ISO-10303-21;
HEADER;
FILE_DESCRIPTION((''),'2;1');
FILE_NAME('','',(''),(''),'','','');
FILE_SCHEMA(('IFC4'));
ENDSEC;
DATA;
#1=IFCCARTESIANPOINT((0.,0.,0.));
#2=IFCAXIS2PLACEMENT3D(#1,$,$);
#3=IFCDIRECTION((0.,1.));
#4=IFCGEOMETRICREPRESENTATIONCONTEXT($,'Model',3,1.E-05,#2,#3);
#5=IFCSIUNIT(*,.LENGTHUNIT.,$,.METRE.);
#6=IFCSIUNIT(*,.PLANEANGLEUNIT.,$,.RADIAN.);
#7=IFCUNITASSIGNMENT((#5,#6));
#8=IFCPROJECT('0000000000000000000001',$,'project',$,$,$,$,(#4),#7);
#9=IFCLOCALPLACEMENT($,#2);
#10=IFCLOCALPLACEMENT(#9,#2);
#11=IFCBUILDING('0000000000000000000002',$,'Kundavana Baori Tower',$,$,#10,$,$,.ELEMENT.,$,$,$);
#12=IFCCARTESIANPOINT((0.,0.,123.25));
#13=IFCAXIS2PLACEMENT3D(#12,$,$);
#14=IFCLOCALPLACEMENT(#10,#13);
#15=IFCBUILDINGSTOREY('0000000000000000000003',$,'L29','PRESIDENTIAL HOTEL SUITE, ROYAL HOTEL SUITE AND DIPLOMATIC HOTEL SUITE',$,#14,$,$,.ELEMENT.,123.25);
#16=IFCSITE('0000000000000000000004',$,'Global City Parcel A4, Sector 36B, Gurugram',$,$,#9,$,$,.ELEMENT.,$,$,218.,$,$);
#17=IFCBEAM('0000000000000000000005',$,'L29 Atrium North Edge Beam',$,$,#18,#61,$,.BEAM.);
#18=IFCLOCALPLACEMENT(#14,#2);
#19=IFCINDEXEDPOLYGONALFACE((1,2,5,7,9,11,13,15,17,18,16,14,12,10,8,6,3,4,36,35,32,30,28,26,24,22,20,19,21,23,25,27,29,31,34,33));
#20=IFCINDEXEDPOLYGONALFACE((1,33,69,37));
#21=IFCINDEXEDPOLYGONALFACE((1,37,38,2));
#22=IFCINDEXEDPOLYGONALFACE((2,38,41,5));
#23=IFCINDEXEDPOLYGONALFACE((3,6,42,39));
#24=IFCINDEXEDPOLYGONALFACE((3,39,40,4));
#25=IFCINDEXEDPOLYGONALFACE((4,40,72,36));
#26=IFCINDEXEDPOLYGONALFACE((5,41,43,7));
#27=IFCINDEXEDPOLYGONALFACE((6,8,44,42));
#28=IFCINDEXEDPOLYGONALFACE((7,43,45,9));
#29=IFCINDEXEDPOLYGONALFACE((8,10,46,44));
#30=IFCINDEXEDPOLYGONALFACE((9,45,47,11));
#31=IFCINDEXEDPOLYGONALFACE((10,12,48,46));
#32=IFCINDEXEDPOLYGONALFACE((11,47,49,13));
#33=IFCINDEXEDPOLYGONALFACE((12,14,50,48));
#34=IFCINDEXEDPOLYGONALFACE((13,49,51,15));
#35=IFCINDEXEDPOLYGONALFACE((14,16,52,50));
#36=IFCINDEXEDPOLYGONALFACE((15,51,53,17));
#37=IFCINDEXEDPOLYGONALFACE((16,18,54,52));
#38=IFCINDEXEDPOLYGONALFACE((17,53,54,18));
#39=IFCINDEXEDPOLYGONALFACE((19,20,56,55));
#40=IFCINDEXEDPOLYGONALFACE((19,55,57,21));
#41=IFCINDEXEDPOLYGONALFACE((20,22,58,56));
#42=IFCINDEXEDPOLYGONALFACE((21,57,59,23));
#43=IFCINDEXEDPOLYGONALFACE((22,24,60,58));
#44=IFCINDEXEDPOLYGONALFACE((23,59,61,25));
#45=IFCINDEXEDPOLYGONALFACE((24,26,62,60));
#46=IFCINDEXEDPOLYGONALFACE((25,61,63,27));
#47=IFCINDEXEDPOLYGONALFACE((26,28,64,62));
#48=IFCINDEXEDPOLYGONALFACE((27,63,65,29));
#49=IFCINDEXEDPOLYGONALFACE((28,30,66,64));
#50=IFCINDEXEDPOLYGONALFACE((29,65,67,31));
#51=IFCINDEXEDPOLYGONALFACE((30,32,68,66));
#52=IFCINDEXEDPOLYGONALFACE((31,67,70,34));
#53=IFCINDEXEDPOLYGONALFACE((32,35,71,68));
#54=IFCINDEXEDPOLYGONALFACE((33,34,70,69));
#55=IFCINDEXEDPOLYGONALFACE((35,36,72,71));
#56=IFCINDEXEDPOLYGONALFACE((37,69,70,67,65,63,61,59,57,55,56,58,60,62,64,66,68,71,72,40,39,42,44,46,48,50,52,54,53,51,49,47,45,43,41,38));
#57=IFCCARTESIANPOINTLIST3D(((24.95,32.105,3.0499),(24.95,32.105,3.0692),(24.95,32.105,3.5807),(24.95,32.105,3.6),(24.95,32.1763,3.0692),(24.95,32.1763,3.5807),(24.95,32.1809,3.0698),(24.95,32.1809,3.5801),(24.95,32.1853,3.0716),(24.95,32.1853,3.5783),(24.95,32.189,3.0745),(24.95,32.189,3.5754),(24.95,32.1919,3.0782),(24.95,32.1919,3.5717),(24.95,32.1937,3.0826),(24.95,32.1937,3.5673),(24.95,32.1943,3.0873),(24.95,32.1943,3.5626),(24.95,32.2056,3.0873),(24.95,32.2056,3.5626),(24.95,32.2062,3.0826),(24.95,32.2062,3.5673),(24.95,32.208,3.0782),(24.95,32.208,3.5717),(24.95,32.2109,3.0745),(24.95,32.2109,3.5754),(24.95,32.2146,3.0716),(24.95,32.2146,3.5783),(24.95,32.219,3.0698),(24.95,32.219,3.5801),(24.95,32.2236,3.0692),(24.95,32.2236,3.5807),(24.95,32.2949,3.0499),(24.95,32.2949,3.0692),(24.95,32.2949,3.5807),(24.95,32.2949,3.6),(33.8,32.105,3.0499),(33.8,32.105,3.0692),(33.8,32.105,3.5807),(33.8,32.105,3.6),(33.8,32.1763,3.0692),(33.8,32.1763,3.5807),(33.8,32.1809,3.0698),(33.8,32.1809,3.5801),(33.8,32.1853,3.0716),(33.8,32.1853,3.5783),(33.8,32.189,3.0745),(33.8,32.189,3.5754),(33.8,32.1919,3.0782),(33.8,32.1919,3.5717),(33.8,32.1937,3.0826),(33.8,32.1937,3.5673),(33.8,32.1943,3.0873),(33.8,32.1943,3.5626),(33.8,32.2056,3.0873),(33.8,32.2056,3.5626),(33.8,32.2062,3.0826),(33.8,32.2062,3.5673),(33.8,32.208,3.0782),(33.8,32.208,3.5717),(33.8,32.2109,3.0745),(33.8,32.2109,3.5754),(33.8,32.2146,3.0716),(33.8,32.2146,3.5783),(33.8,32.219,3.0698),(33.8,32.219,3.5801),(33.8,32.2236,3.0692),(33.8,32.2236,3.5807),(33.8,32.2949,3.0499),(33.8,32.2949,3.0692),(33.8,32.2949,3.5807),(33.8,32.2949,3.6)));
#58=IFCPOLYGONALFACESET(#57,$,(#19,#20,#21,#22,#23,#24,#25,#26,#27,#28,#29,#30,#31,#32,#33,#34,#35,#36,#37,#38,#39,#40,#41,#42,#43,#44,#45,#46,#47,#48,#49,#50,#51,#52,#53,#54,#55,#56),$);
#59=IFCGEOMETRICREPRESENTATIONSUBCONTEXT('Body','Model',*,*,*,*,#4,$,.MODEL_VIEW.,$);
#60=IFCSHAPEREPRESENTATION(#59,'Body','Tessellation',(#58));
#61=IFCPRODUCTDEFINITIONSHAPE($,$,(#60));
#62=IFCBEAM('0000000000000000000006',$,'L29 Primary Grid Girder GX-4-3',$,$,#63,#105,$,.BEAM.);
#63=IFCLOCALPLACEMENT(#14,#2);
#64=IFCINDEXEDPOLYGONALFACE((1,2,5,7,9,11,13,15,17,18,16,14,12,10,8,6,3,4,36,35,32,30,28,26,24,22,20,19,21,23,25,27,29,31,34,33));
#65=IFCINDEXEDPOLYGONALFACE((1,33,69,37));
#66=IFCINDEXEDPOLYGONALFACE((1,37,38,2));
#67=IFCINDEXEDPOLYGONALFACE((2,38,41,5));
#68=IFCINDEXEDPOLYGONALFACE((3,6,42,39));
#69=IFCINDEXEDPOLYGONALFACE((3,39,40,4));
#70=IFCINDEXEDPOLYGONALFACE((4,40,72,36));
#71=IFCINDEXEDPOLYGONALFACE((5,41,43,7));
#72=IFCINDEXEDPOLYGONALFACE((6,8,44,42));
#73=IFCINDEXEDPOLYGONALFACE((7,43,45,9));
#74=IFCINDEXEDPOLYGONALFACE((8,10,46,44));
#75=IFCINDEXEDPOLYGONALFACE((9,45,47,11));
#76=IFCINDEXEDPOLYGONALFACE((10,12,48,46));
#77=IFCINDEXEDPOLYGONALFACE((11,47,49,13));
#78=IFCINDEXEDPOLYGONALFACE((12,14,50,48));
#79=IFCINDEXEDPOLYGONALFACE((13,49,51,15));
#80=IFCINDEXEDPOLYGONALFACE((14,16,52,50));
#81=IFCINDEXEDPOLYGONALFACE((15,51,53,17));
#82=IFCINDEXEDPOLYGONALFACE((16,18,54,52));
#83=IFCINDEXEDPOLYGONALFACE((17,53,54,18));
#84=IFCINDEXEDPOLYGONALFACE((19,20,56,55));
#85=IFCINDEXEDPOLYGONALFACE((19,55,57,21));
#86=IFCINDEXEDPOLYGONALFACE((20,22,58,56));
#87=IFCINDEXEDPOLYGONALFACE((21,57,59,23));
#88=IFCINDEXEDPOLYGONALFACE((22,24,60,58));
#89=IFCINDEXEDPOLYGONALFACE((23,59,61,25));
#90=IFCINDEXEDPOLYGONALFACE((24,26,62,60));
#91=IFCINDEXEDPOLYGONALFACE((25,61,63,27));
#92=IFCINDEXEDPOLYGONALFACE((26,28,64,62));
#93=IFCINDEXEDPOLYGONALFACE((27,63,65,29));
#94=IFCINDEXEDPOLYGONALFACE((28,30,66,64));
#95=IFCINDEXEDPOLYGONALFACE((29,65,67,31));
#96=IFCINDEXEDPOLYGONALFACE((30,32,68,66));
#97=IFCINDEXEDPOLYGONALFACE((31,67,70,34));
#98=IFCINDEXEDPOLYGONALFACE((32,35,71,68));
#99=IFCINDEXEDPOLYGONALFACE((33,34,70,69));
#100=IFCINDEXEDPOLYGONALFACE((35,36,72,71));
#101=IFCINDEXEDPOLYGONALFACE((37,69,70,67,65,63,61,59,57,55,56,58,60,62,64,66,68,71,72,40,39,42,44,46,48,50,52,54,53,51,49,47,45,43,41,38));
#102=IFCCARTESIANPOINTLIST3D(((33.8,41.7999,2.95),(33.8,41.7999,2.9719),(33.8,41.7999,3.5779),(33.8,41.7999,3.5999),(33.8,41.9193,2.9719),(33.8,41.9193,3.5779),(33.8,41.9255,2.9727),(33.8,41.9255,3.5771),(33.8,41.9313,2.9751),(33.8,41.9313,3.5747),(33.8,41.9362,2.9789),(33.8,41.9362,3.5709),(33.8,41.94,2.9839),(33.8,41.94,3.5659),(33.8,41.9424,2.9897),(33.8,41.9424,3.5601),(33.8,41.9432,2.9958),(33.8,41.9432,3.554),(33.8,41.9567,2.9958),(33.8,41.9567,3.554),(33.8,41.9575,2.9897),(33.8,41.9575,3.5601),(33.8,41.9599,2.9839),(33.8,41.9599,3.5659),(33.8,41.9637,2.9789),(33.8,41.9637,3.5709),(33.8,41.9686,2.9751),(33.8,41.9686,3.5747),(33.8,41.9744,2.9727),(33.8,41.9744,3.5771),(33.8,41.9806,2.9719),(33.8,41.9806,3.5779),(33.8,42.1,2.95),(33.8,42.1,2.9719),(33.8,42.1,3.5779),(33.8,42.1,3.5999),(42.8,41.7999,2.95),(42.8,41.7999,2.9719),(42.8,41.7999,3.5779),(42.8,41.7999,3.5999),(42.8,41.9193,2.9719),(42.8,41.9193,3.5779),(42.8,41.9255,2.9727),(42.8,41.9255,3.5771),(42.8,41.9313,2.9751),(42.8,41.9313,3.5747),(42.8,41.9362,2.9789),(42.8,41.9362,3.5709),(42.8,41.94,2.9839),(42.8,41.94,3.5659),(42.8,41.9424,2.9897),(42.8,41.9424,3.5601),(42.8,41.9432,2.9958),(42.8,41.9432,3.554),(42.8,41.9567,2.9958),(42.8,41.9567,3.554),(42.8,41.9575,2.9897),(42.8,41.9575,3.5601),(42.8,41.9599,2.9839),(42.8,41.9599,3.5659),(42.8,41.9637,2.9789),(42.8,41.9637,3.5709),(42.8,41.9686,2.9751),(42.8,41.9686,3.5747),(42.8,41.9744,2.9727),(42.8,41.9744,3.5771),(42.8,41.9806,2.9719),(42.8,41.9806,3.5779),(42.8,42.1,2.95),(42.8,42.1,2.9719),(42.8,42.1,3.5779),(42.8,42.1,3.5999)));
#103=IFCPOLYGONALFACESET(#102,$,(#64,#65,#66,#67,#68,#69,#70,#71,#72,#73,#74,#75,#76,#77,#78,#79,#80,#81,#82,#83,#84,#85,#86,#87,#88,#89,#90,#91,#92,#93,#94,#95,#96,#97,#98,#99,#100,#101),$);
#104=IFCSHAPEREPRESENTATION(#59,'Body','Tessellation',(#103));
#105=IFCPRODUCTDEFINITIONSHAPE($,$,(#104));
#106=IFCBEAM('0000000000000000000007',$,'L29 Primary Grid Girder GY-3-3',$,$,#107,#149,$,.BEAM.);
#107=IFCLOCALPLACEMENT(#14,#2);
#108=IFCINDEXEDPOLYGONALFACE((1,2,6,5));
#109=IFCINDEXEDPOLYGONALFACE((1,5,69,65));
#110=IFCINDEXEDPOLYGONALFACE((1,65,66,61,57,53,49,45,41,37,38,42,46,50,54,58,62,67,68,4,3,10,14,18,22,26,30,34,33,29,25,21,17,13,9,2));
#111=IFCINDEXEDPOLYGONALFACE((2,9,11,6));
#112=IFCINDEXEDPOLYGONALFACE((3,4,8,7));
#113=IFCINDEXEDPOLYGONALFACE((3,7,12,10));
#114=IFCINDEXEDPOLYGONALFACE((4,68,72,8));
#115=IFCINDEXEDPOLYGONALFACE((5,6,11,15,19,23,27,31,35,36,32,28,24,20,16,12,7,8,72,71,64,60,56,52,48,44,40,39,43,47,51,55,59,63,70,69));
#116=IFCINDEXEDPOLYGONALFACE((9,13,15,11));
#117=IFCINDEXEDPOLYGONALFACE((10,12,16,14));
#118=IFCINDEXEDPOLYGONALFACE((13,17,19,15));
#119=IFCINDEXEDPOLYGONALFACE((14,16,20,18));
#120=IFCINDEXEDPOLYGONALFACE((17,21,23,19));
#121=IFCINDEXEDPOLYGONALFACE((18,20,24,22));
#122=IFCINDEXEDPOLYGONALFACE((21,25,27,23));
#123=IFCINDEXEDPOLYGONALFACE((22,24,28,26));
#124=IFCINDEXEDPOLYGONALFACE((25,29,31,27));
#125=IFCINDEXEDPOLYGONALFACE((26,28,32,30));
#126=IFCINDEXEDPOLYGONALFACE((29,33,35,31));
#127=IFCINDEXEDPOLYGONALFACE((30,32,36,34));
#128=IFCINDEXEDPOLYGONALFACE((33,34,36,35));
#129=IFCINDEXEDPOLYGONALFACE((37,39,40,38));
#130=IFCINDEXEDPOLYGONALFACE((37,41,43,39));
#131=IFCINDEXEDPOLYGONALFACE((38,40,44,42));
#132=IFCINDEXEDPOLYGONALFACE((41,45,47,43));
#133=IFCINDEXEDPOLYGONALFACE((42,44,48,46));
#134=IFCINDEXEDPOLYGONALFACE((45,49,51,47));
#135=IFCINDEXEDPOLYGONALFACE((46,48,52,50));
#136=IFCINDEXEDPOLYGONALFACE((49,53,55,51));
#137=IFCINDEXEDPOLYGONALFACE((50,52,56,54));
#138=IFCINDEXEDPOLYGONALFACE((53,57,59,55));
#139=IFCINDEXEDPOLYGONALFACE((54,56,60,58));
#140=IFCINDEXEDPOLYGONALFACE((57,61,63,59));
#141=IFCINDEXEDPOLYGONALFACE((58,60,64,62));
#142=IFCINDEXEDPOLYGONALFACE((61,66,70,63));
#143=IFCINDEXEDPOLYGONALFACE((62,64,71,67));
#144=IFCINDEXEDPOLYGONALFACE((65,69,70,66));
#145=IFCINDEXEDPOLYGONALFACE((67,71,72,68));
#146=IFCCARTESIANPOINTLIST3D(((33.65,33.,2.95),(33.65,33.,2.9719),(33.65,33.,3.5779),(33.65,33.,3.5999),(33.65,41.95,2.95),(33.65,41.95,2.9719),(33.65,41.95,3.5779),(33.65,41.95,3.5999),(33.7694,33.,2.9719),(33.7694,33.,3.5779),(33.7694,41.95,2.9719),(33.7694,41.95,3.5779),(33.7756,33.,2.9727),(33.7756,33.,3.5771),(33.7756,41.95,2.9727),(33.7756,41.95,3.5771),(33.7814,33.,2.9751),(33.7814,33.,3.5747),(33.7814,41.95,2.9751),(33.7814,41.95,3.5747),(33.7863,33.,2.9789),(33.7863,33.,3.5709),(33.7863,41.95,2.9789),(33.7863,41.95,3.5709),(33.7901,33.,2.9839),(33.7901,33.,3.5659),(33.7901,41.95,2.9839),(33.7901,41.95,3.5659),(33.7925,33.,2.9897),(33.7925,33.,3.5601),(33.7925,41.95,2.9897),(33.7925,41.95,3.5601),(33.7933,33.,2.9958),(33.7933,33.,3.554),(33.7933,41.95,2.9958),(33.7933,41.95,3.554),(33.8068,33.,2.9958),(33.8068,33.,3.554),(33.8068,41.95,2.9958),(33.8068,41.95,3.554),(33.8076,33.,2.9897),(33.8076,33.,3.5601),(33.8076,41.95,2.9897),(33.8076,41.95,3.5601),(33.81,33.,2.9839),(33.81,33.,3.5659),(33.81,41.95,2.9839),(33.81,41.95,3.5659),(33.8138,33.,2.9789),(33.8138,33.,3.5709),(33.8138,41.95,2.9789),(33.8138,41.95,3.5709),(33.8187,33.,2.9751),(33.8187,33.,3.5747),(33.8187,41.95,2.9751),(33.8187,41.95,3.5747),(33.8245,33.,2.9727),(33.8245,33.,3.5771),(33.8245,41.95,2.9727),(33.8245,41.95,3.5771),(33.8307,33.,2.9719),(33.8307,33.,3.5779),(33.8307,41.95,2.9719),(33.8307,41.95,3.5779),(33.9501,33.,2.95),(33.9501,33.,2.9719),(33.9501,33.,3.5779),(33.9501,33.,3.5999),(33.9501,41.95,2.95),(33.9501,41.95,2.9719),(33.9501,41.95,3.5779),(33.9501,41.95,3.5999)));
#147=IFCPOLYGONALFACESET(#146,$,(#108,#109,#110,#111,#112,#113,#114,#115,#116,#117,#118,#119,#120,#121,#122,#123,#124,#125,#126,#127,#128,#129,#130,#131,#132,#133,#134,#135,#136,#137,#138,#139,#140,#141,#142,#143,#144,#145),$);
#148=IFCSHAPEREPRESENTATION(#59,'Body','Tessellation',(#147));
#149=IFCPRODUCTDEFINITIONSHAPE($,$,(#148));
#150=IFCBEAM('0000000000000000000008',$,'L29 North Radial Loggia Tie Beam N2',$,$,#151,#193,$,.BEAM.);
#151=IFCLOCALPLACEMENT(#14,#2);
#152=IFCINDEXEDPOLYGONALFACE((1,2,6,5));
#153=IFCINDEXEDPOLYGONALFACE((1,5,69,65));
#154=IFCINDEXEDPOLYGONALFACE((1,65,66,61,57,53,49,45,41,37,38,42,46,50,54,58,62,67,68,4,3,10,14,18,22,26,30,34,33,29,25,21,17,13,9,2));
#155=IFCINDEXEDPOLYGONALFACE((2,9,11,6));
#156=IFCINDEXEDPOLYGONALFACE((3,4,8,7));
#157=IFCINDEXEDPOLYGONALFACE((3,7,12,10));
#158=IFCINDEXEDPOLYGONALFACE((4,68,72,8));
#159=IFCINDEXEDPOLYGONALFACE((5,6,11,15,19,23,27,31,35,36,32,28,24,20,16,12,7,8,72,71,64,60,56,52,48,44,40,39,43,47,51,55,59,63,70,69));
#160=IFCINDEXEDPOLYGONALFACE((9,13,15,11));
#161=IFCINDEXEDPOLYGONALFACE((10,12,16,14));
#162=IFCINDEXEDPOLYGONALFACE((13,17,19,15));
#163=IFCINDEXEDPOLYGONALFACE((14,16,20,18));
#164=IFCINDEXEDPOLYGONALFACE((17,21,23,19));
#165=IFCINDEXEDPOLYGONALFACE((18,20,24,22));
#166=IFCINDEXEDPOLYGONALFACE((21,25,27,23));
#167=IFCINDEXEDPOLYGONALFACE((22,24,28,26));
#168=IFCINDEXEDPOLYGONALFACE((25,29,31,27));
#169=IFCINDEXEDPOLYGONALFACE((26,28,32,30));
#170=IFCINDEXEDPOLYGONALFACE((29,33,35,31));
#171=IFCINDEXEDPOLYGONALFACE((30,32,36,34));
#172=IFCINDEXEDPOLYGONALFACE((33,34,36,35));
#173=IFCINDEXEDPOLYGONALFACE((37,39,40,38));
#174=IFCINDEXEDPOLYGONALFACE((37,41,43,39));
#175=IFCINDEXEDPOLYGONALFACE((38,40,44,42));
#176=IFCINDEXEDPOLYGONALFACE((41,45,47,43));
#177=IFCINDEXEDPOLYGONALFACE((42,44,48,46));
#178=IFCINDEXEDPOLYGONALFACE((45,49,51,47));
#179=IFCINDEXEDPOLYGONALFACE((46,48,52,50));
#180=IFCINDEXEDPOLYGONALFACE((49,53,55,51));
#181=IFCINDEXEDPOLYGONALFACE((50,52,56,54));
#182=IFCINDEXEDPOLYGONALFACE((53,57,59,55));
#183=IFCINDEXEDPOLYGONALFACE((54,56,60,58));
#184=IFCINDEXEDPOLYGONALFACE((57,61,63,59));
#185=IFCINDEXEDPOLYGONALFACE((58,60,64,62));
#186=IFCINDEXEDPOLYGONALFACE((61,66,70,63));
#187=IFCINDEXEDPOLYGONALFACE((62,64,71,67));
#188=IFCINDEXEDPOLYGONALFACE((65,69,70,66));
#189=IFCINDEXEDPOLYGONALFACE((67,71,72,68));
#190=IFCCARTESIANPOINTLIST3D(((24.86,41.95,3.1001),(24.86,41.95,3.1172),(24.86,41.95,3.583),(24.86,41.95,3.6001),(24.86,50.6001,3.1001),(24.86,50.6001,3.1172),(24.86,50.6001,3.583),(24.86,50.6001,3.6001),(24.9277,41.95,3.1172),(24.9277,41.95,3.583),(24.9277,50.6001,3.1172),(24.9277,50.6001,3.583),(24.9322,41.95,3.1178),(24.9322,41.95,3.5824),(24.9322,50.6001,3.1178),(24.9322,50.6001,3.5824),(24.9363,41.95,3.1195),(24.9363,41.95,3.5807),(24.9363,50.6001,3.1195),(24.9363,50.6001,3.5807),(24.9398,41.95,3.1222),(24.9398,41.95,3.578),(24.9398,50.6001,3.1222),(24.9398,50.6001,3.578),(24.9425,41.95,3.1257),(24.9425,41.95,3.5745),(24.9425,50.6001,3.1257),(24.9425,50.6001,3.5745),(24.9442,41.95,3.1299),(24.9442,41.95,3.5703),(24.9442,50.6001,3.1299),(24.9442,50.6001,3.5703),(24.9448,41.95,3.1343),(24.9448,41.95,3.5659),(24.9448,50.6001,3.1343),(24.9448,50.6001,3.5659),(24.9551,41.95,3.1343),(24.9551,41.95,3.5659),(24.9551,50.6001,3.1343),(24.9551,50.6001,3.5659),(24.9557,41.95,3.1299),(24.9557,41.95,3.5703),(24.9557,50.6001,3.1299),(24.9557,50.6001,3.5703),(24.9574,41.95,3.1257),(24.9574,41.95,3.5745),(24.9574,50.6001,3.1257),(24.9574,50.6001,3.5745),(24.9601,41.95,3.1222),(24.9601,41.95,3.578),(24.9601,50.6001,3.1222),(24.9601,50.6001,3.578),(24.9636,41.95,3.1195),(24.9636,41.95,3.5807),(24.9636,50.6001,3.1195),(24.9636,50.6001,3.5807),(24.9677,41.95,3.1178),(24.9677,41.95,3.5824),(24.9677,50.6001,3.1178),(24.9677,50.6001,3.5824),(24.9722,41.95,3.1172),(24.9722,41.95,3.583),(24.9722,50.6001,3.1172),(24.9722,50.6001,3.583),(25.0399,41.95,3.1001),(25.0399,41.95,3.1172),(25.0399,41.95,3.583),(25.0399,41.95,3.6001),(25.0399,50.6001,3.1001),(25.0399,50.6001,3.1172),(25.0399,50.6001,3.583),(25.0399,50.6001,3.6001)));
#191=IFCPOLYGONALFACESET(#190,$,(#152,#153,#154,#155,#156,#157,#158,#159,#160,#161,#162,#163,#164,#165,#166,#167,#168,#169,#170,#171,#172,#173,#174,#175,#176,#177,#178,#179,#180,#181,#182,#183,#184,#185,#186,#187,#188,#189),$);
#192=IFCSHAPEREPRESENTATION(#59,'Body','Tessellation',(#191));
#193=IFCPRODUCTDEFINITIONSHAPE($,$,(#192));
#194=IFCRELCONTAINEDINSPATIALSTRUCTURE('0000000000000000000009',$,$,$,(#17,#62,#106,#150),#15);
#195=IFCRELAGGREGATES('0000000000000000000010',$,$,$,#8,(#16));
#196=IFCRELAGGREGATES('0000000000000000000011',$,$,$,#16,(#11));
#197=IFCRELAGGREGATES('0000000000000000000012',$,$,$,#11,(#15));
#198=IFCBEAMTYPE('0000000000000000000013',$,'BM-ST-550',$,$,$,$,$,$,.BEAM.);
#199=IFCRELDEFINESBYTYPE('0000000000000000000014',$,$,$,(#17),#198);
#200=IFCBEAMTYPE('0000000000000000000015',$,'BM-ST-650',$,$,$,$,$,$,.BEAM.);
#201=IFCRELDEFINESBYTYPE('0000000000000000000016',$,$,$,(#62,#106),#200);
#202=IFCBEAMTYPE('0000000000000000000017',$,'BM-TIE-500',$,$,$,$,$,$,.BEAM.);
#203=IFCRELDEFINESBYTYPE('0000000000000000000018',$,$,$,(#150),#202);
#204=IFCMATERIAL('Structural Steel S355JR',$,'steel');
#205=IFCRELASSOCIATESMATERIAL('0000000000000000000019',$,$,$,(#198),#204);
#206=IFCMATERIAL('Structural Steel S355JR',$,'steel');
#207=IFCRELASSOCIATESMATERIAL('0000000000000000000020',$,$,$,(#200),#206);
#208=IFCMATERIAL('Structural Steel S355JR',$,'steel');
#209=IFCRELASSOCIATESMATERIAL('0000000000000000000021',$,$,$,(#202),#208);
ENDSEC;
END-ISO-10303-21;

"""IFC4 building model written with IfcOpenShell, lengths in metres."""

from ifc_helpers import new_model, si_unit, direction, frame, origin, origin_2d, place, context, subcontext, project, spatial, i_section, extrude, material, material_profile, profile_set, type_object, element, save


model = new_model("IFC4")

# Units and contexts
model_context = context("Model", 3, precision=1e-05, world=origin(), true_north=direction((0.0, 1.0)))
body_context = subcontext(model_context, "Body", "Model", "MODEL_VIEW")
ifc_project = project(units=[si_unit("LENGTHUNIT", "METRE"), si_unit("PLANEANGLEUNIT", "RADIAN")], contexts=[model_context])

# Site, building, storey
site_placement = place(None, origin())
site = spatial("IfcSite", under=ifc_project, at=site_placement, Name="Global City Parcel A4, Sector 36B, Gurugram", CompositionType="ELEMENT", RefElevation=218.0)
building_placement = place(site_placement, origin())
building = spatial("IfcBuilding", under=site, at=building_placement, Name="Kundavana Baori Tower", CompositionType="ELEMENT")
storey_placement = place(building_placement, frame((0.0, 0.0, 123.25)))
storey = spatial("IfcBuildingStorey", under=building, at=storey_placement, Name="L29", Description="PRESIDENTIAL HOTEL SUITE, ROYAL HOTEL SUITE AND DIPLOMATIC HOTEL SUITE", CompositionType="ELEMENT", Elevation=123.25)

# Beams
ifc_material_1 = material(Name="Structural Steel S355JR", Category="steel")
ifc_material_profile_1 = material_profile(ifc_material_1, i_section(OverallWidth=0.1899, OverallDepth=0.55, WebThickness=0.0112, FlangeThickness=0.0193, FilletRadius=0.0181, at=origin_2d()), Name="ISMB 550")
ifc_profile_set_1 = profile_set([ifc_material_profile_1], Name="Structural Steel S355JR")
beam_type_1 = type_object("IfcBeamType", Name="BM-ST-550", PredefinedType="BEAM", material=ifc_profile_set_1)
beam_1_placement = place(storey_placement, frame((24.95, 32.2, 3.325), z_axis=(1.0, 0.0, 0.0), x_axis=(0.0, 1.0, 0.0)))
element("IfcBeam", 1, at=beam_1_placement, inside=storey, type_object=beam_type_1, Name="L29 Atrium North Edge Beam", PredefinedType="BEAM", context=body_context, shape_type="SweptSolid", body=[
    extrude(i_section(OverallWidth=0.1899, OverallDepth=0.55, WebThickness=0.0112, FlangeThickness=0.0193, FilletRadius=0.0181, at=origin_2d()), origin(), (0.0, 0.0, 1.0), 8.8501),
])
ifc_material_2 = material(Name="Structural Steel S355JR", Category="steel")
ifc_material_profile_2 = material_profile(ifc_material_2, i_section(OverallWidth=0.3, OverallDepth=0.6499, WebThickness=0.0134, FlangeThickness=0.022, FilletRadius=0.0239, at=origin_2d()), Name="NPB 650x300x155")
ifc_profile_set_2 = profile_set([ifc_material_profile_2], Name="Structural Steel S355JR")
beam_type_2 = type_object("IfcBeamType", Name="BM-ST-650", PredefinedType="BEAM", material=ifc_profile_set_2)
beam_2_placement = place(storey_placement, frame((33.8, 41.95, 3.2749), z_axis=(1.0, 0.0, 0.0), x_axis=(0.0, 1.0, 0.0)))
element("IfcBeam", 2, at=beam_2_placement, inside=storey, type_object=beam_type_2, Name="L29 Primary Grid Girder GX-4-3", PredefinedType="BEAM", context=body_context, shape_type="SweptSolid", body=[
    extrude(i_section(OverallWidth=0.3, OverallDepth=0.6499, WebThickness=0.0134, FlangeThickness=0.022, FilletRadius=0.0239, at=origin_2d()), origin(), (0.0, 0.0, 1.0), 9.0),
])
beam_3_placement = place(storey_placement, frame((33.8, 33.0, 3.2749), z_axis=(0.0, 1.0, 0.0), x_axis=(-1.0, 0.0, 0.0)))
element("IfcBeam", 3, at=beam_3_placement, inside=storey, type_object=beam_type_2, Name="L29 Primary Grid Girder GY-3-3", PredefinedType="BEAM", context=body_context, shape_type="SweptSolid", body=[
    extrude(i_section(OverallWidth=0.3, OverallDepth=0.6499, WebThickness=0.0134, FlangeThickness=0.022, FilletRadius=0.0239, at=origin_2d()), origin(), (0.0, 0.0, 1.0), 8.95),
])
ifc_material_3 = material(Name="Structural Steel S355JR", Category="steel")
ifc_material_profile_3 = material_profile(ifc_material_3, i_section(OverallWidth=0.1799, OverallDepth=0.5, WebThickness=0.0103, FlangeThickness=0.0171, FilletRadius=0.0171, at=origin_2d()), Name="ISMB 500")
ifc_profile_set_3 = profile_set([ifc_material_profile_3], Name="Structural Steel S355JR")
beam_type_3 = type_object("IfcBeamType", Name="BM-TIE-500", PredefinedType="BEAM", material=ifc_profile_set_3)
for number, where, z_axis, x_axis, name in (
    (4, (24.95, 41.95, 3.3501), (0.0, 1.0, 0.0), (-1.0, 0.0, 0.0), "L29 North Radial Loggia Tie Beam N2"),
):
    element("IfcBeam", number, at=place(storey_placement, frame(where, z_axis=z_axis, x_axis=x_axis)), inside=storey, type_object=beam_type_3, Name=name, PredefinedType="BEAM", context=body_context, shape_type="SweptSolid", body=[
        extrude(i_section(OverallWidth=0.1799, OverallDepth=0.5, WebThickness=0.0103, FlangeThickness=0.0171, FilletRadius=0.0171, at=origin_2d()), origin(), (0.0, 0.0, 1.0), 8.6501),
    ])

save(model, "model.ifc")
